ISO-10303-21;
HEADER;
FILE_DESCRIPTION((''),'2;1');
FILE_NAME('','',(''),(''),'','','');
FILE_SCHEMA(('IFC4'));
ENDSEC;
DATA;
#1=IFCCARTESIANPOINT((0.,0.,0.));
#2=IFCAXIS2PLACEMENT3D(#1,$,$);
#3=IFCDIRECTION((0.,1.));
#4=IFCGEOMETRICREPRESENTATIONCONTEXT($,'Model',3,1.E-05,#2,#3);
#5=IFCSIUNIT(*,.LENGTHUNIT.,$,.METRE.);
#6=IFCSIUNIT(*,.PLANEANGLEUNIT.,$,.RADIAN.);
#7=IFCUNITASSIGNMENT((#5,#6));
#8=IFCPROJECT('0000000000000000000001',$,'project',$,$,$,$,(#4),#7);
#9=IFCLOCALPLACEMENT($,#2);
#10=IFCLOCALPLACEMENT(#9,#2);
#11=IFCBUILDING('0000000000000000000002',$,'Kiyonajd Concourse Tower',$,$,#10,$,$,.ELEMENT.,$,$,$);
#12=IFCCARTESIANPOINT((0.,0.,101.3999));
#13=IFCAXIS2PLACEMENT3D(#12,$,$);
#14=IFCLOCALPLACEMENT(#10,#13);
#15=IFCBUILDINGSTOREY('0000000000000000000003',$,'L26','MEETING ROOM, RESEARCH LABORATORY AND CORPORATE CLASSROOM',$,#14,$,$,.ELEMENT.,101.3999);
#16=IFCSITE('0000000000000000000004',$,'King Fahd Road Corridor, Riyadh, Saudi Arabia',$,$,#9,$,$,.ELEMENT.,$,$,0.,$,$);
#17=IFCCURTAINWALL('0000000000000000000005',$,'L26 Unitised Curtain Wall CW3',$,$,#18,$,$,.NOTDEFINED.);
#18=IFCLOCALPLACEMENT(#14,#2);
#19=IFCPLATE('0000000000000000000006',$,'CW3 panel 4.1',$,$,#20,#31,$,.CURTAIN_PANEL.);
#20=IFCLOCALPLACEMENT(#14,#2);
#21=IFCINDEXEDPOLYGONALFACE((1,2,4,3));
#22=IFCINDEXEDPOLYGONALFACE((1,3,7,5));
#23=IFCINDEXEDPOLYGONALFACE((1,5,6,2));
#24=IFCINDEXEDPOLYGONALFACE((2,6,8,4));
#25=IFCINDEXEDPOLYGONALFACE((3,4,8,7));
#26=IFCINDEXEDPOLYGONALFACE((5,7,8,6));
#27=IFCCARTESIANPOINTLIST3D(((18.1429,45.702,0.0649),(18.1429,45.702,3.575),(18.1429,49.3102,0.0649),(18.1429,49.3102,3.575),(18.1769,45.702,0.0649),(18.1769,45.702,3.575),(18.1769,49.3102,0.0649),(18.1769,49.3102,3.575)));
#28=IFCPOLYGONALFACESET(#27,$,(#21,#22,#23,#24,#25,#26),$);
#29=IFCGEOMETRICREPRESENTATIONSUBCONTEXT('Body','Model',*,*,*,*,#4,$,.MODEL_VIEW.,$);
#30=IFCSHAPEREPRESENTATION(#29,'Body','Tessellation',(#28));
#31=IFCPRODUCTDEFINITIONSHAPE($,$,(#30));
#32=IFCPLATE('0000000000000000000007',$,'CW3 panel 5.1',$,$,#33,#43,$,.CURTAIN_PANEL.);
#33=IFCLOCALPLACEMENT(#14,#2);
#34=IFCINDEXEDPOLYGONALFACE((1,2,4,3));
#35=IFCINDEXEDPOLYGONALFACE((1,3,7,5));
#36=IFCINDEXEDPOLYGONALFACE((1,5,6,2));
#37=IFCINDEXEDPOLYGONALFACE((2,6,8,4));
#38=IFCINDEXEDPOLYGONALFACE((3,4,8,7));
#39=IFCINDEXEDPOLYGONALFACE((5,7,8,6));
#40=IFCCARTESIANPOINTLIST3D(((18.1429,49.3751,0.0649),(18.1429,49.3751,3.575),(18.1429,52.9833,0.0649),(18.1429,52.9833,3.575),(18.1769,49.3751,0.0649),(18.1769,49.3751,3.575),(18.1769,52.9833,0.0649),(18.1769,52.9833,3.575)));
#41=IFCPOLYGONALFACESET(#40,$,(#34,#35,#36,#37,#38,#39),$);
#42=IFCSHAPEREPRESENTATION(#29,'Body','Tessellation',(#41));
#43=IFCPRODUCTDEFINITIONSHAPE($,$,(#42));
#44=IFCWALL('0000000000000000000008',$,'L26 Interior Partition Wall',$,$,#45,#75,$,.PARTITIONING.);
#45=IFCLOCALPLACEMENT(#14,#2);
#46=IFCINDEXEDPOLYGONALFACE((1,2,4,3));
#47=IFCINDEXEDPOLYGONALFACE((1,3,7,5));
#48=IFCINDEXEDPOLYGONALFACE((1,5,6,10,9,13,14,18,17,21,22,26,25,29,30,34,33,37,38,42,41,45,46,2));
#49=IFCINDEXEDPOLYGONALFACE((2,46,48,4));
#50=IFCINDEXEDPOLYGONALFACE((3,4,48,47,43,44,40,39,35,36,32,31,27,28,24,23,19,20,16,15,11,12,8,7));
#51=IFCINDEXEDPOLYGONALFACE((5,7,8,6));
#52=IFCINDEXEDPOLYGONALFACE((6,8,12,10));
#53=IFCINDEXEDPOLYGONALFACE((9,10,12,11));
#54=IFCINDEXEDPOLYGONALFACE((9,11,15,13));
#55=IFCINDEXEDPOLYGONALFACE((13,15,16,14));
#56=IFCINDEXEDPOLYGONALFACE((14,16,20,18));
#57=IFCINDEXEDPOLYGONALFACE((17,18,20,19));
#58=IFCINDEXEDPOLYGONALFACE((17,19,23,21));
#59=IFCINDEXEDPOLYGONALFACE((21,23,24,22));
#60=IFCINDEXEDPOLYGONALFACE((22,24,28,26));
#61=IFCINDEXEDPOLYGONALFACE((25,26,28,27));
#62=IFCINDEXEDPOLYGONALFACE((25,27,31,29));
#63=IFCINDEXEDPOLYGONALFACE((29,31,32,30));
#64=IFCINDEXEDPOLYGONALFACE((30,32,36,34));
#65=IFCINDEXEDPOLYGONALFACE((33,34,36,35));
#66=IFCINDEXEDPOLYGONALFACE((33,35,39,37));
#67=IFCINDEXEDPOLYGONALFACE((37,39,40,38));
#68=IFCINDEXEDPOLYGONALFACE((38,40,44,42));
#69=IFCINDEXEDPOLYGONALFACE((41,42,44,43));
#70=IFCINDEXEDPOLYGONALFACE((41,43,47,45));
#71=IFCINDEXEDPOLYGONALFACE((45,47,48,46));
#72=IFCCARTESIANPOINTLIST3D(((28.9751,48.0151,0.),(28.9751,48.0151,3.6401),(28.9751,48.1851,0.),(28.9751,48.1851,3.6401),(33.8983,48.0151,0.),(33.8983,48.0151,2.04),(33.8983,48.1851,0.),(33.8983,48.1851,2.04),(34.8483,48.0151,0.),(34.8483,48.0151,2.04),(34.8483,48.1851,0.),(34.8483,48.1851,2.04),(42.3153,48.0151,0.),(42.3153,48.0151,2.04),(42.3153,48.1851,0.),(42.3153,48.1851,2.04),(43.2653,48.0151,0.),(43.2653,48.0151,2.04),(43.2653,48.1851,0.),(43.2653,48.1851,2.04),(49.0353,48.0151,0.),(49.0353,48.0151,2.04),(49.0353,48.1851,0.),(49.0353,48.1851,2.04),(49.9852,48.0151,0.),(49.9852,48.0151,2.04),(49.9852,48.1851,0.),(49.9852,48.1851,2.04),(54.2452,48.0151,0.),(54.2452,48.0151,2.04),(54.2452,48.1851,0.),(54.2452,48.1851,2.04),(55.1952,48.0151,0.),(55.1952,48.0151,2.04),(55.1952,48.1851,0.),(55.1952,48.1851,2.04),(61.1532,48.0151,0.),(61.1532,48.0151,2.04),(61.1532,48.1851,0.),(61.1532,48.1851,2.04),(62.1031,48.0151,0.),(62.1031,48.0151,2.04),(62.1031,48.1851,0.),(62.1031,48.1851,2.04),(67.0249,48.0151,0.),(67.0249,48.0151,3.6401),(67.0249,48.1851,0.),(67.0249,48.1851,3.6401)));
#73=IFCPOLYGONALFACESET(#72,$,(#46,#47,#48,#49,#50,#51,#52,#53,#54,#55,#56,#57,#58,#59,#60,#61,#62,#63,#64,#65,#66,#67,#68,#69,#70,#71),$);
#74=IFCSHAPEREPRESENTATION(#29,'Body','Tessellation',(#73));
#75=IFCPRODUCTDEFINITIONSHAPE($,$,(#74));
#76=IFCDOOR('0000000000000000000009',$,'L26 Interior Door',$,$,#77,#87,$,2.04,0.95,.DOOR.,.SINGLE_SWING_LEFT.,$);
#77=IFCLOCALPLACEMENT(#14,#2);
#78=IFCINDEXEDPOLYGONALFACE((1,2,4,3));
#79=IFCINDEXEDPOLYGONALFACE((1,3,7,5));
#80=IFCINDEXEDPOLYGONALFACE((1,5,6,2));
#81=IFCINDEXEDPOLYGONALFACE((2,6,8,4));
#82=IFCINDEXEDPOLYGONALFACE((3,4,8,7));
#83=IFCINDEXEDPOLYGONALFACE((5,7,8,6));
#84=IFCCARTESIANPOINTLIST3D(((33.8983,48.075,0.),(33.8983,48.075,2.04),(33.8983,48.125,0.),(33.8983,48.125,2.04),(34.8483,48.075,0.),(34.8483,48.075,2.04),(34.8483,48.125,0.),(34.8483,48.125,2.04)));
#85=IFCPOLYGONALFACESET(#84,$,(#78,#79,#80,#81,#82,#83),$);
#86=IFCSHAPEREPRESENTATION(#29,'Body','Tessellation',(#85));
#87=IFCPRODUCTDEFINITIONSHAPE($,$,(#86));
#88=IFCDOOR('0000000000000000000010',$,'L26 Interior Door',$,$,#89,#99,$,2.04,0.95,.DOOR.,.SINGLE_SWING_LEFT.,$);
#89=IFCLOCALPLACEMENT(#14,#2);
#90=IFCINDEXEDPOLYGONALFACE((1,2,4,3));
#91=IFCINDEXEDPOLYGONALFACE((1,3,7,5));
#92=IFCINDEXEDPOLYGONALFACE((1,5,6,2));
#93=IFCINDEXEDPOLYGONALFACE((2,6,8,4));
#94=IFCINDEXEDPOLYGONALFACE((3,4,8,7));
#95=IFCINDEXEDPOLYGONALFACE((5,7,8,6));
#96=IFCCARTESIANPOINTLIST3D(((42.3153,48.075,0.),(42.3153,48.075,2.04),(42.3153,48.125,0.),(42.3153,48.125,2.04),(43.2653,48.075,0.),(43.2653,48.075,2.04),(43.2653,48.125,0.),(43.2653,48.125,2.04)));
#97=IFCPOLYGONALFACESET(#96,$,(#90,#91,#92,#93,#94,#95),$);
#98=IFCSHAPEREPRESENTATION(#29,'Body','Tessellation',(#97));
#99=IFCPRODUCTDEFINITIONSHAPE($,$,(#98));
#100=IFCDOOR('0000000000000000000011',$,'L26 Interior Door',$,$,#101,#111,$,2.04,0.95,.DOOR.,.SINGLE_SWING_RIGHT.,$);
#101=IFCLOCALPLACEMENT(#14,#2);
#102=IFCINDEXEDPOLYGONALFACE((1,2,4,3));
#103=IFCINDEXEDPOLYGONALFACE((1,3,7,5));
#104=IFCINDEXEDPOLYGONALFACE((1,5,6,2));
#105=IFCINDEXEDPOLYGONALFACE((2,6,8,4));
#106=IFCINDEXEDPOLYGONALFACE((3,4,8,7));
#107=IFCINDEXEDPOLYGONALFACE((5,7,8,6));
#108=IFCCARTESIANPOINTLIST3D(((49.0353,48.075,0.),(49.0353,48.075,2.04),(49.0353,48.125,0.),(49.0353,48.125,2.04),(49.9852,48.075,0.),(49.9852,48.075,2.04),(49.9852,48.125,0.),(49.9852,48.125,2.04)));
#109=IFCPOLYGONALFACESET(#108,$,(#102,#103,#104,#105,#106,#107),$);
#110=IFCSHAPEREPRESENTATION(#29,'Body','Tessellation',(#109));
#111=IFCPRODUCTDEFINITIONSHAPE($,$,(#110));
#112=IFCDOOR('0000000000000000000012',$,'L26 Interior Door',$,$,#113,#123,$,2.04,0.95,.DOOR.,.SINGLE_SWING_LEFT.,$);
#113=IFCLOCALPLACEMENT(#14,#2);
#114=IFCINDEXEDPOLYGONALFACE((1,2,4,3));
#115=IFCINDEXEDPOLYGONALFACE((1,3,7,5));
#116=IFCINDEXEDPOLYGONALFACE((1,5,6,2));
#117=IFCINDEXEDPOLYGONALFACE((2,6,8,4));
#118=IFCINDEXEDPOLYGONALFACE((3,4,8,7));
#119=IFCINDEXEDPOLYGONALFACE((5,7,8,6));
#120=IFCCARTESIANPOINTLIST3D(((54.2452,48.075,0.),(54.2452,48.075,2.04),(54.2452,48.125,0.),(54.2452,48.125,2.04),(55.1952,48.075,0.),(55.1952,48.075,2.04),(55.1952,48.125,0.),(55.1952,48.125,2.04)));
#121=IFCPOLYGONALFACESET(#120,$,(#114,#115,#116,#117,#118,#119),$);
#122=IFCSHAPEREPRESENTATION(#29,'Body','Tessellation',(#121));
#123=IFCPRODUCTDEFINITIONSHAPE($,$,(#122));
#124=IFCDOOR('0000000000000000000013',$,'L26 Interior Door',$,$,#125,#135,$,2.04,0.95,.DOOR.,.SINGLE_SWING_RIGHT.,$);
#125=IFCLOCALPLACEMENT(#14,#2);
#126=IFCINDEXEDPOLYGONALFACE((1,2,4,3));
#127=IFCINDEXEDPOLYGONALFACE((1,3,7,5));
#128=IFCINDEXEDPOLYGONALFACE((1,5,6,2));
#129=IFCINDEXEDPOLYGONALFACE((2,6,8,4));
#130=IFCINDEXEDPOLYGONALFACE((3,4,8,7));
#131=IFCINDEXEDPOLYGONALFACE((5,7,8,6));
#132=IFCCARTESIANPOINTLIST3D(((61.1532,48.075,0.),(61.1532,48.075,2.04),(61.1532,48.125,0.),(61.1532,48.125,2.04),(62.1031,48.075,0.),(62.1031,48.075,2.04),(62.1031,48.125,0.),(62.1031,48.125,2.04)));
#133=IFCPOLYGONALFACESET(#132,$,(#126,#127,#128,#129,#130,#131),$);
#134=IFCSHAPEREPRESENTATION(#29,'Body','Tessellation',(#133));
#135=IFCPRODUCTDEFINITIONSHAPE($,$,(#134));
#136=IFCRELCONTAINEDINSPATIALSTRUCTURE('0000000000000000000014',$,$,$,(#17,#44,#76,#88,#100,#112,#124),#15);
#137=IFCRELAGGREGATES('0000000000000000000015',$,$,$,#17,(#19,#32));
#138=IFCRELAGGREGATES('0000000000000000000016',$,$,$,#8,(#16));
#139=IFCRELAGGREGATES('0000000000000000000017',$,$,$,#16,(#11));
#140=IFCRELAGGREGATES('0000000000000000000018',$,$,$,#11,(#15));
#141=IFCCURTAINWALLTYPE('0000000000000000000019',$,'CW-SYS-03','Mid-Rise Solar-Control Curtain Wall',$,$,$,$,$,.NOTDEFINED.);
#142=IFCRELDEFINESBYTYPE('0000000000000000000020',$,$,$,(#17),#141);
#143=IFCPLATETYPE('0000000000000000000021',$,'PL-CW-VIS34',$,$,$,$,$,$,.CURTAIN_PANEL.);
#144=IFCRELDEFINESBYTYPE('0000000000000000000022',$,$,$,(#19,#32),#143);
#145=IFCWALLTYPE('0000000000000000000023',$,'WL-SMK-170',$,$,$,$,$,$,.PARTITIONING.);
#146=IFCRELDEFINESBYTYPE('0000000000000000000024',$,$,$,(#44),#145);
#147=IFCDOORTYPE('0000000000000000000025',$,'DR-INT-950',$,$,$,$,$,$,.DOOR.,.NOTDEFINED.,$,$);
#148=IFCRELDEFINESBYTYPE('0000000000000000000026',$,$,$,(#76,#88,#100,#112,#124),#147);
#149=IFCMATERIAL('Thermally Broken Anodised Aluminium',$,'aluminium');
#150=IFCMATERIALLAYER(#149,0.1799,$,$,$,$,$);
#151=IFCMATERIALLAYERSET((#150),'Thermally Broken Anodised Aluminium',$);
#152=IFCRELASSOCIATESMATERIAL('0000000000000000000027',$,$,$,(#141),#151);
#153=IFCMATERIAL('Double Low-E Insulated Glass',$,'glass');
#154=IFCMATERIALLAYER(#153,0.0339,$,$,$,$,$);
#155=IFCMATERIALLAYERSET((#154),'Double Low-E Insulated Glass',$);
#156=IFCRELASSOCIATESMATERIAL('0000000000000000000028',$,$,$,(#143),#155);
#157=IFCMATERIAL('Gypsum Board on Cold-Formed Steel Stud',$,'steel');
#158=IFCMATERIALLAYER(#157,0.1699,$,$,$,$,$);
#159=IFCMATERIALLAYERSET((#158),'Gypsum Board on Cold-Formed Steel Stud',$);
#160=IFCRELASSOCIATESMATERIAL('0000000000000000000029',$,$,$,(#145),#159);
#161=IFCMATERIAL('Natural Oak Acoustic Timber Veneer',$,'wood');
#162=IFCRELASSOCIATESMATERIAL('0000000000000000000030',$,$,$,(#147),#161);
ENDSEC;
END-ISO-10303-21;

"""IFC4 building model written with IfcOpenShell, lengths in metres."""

from ifc_helpers import new_model, si_unit, direction, frame, frame_2d, origin, origin_2d, place, context, subcontext, project, spatial, rectangle, extrude, material, layer, layer_set, type_object, element, fill, aggregate, save


model = new_model("IFC4")

# Units and contexts
model_context = context("Model", 3, precision=1e-05, world=origin(), true_north=direction((0.0, 1.0)))
body_context = subcontext(model_context, "Body", "Model", "MODEL_VIEW")
ifc_project = project(units=[si_unit("LENGTHUNIT", "METRE"), si_unit("PLANEANGLEUNIT", "RADIAN")], contexts=[model_context])

# Site, building, storey
site_placement = place(None, origin())
site = spatial("IfcSite", under=ifc_project, at=site_placement, Name="King Fahd Road Corridor, Riyadh, Saudi Arabia", CompositionType="ELEMENT", RefElevation=0.0)
building_placement = place(site_placement, origin())
building = spatial("IfcBuilding", under=site, at=building_placement, Name="Kiyonajd Concourse Tower", CompositionType="ELEMENT")
storey_placement = place(building_placement, frame((0.0, 0.0, 101.3999)))
storey = spatial("IfcBuildingStorey", under=building, at=storey_placement, Name="L26", Description="MEETING ROOM, RESEARCH LABORATORY AND CORPORATE CLASSROOM", CompositionType="ELEMENT", Elevation=101.3999)

# Curtain wall, plates
ifc_material_1 = material(Name="Thermally Broken Anodised Aluminium", Category="aluminium")
ifc_layer_1 = layer(ifc_material_1, 0.1799)
ifc_layer_set_1 = layer_set([ifc_layer_1], Name="Thermally Broken Anodised Aluminium")
curtain_wall_type = type_object("IfcCurtainWallType", Name="CW-SYS-03", Description="Mid-Rise Solar-Control Curtain Wall", PredefinedType="NOTDEFINED", material=ifc_layer_set_1)
curtain_wall_placement = place(storey_placement, origin())
curtain_wall = element("IfcCurtainWall", 1, at=curtain_wall_placement, inside=storey, type_object=curtain_wall_type, Name="L26 Unitised Curtain Wall CW3", PredefinedType="NOTDEFINED")
ifc_material_2 = material(Name="Double Low-E Insulated Glass", Category="glass")
ifc_layer_2 = layer(ifc_material_2, 0.0339)
ifc_layer_set_2 = layer_set([ifc_layer_2], Name="Double Low-E Insulated Glass")
plate_type = type_object("IfcPlateType", Name="PL-CW-VIS34", PredefinedType="CURTAIN_PANEL", material=ifc_layer_set_2)
plate_1_placement = place(storey_placement, frame((18.1599, 47.5061, 0.0649), z_axis=(0.0, 0.0, 1.0), x_axis=(0.0, 1.0, 0.0)))
plate_1 = element("IfcPlate", 2, at=plate_1_placement, type_object=plate_type, Name="CW3 panel 4.1", PredefinedType="CURTAIN_PANEL", context=body_context, shape_type="SweptSolid", body=[
    extrude(rectangle(XDim=3.6082, YDim=0.0339, at=origin_2d()), origin(), (0.0, 0.0, 1.0), 3.51),
])
plate_2_placement = place(storey_placement, frame((18.1599, 51.1792, 0.0649), z_axis=(0.0, 0.0, 1.0), x_axis=(0.0, 1.0, 0.0)))
plate_2 = element("IfcPlate", 3, at=plate_2_placement, type_object=plate_type, Name="CW3 panel 5.1", PredefinedType="CURTAIN_PANEL", context=body_context, shape_type="SweptSolid", body=[
    extrude(rectangle(XDim=3.6082, YDim=0.0339, at=origin_2d()), origin(), (0.0, 0.0, 1.0), 3.51),
])
aggregate(curtain_wall, [plate_1, plate_2])

# Wall, openings, doors
ifc_material_3 = material(Name="Gypsum Board on Cold-Formed Steel Stud", Category="steel")
ifc_layer_3 = layer(ifc_material_3, 0.1699)
ifc_layer_set_3 = layer_set([ifc_layer_3], Name="Gypsum Board on Cold-Formed Steel Stud")
wall_type = type_object("IfcWallType", Name="WL-SMK-170", PredefinedType="PARTITIONING", material=ifc_layer_set_3)
wall_placement = place(storey_placement, frame((28.9751, 48.1001, 0.0), z_axis=(0.0, 0.0, 1.0), x_axis=(1.0, 0.0, 0.0)))
wall = element("IfcWall", 4, at=wall_placement, inside=storey, type_object=wall_type, Name="L26 Interior Partition Wall", PredefinedType="PARTITIONING", context=body_context, shape_type="SweptSolid", body=[
    extrude(rectangle(XDim=38.0498, YDim=0.1699, at=frame_2d((19.0249, 0.0))), origin(), (0.0, 0.0, 1.0), 3.6401),
])
opening_1_placement = place(wall_placement, frame((4.9231, 0.0, 0.0)))
opening_1 = element("IfcOpeningElement", 5, at=opening_1_placement, cuts=wall, PredefinedType="OPENING", context=body_context, shape_type="SweptSolid", body=[
    extrude(rectangle(XDim=0.95, YDim=2.04, at=frame_2d((0.4751, 1.02))), frame((0.0, 0.095, 0.0), z_axis=(0.0, -1.0, 0.0), x_axis=(1.0, 0.0, 0.0)), (0.0, 0.0, 1.0), 0.1899),
])
opening_2_placement = place(wall_placement, frame((13.3401, 0.0, 0.0)))
opening_2 = element("IfcOpeningElement", 6, at=opening_2_placement, cuts=wall, PredefinedType="OPENING", context=body_context, shape_type="SweptSolid", body=[
    extrude(rectangle(XDim=0.95, YDim=2.04, at=frame_2d((0.4751, 1.02))), frame((0.0, 0.095, 0.0), z_axis=(0.0, -1.0, 0.0), x_axis=(1.0, 0.0, 0.0)), (0.0, 0.0, 1.0), 0.1899),
])
opening_3_placement = place(wall_placement, frame((20.0601, 0.0, 0.0)))
opening_3 = element("IfcOpeningElement", 7, at=opening_3_placement, cuts=wall, PredefinedType="OPENING", context=body_context, shape_type="SweptSolid", body=[
    extrude(rectangle(XDim=0.95, YDim=2.04, at=frame_2d((0.4751, 1.02))), frame((0.0, 0.095, 0.0), z_axis=(0.0, -1.0, 0.0), x_axis=(1.0, 0.0, 0.0)), (0.0, 0.0, 1.0), 0.1899),
])
opening_4_placement = place(wall_placement, frame((25.27, 0.0, 0.0)))
opening_4 = element("IfcOpeningElement", 8, at=opening_4_placement, cuts=wall, PredefinedType="OPENING", context=body_context, shape_type="SweptSolid", body=[
    extrude(rectangle(XDim=0.95, YDim=2.04, at=frame_2d((0.4751, 1.02))), frame((0.0, 0.095, 0.0), z_axis=(0.0, -1.0, 0.0), x_axis=(1.0, 0.0, 0.0)), (0.0, 0.0, 1.0), 0.1899),
])
opening_5_placement = place(wall_placement, frame((32.178, 0.0, 0.0)))
opening_5 = element("IfcOpeningElement", 9, at=opening_5_placement, cuts=wall, PredefinedType="OPENING", context=body_context, shape_type="SweptSolid", body=[
    extrude(rectangle(XDim=0.95, YDim=2.04, at=frame_2d((0.4751, 1.02))), frame((0.0, 0.095, 0.0), z_axis=(0.0, -1.0, 0.0), x_axis=(1.0, 0.0, 0.0)), (0.0, 0.0, 1.0), 0.1899),
])
ifc_material_4 = material(Name="Natural Oak Acoustic Timber Veneer", Category="wood")
door_type = type_object("IfcDoorType", Name="DR-INT-950", OperationType="NOTDEFINED", PredefinedType="DOOR", material=ifc_material_4)
door_1_placement = place(opening_1_placement, origin())
door_1 = element("IfcDoor", 10, at=door_1_placement, inside=storey, type_object=door_type, Name="L26 Interior Door", OperationType="SINGLE_SWING_LEFT", OverallHeight=2.04, OverallWidth=0.95, PredefinedType="DOOR", context=body_context, shape_type="SweptSolid", body=[
    extrude(rectangle(XDim=0.95, YDim=2.04, at=frame_2d((0.4751, 1.02))), frame((0.0, 0.0249, 0.0), z_axis=(0.0, -1.0, 0.0), x_axis=(1.0, 0.0, 0.0)), (0.0, 0.0, 1.0), 0.05),
])
fill(opening_1, door_1)
door_2_placement = place(opening_2_placement, origin())
door_2 = element("IfcDoor", 11, at=door_2_placement, inside=storey, type_object=door_type, Name="L26 Interior Door", OperationType="SINGLE_SWING_LEFT", OverallHeight=2.04, OverallWidth=0.95, PredefinedType="DOOR", context=body_context, shape_type="SweptSolid", body=[
    extrude(rectangle(XDim=0.95, YDim=2.04, at=frame_2d((0.4751, 1.02))), frame((0.0, 0.0249, 0.0), z_axis=(0.0, -1.0, 0.0), x_axis=(1.0, 0.0, 0.0)), (0.0, 0.0, 1.0), 0.05),
])
fill(opening_2, door_2)
door_3_placement = place(opening_3_placement, origin())
door_3 = element("IfcDoor", 12, at=door_3_placement, inside=storey, type_object=door_type, Name="L26 Interior Door", OperationType="SINGLE_SWING_RIGHT", OverallHeight=2.04, OverallWidth=0.95, PredefinedType="DOOR", context=body_context, shape_type="SweptSolid", body=[
    extrude(rectangle(XDim=0.95, YDim=2.04, at=frame_2d((0.4751, 1.02))), frame((0.0, 0.0249, 0.0), z_axis=(0.0, -1.0, 0.0), x_axis=(1.0, 0.0, 0.0)), (0.0, 0.0, 1.0), 0.05),
])
fill(opening_3, door_3)
door_4_placement = place(opening_4_placement, origin())
door_4 = element("IfcDoor", 13, at=door_4_placement, inside=storey, type_object=door_type, Name="L26 Interior Door", OperationType="SINGLE_SWING_LEFT", OverallHeight=2.04, OverallWidth=0.95, PredefinedType="DOOR", context=body_context, shape_type="SweptSolid", body=[
    extrude(rectangle(XDim=0.95, YDim=2.04, at=frame_2d((0.4751, 1.02))), frame((0.0, 0.0249, 0.0), z_axis=(0.0, -1.0, 0.0), x_axis=(1.0, 0.0, 0.0)), (0.0, 0.0, 1.0), 0.05),
])
fill(opening_4, door_4)
door_5_placement = place(opening_5_placement, origin())
door_5 = element("IfcDoor", 14, at=door_5_placement, inside=storey, type_object=door_type, Name="L26 Interior Door", OperationType="SINGLE_SWING_RIGHT", OverallHeight=2.04, OverallWidth=0.95, PredefinedType="DOOR", context=body_context, shape_type="SweptSolid", body=[
    extrude(rectangle(XDim=0.95, YDim=2.04, at=frame_2d((0.4751, 1.02))), frame((0.0, 0.0249, 0.0), z_axis=(0.0, -1.0, 0.0), x_axis=(1.0, 0.0, 0.0)), (0.0, 0.0, 1.0), 0.05),
])
fill(opening_5, door_5)

save(model, "model.ifc")
